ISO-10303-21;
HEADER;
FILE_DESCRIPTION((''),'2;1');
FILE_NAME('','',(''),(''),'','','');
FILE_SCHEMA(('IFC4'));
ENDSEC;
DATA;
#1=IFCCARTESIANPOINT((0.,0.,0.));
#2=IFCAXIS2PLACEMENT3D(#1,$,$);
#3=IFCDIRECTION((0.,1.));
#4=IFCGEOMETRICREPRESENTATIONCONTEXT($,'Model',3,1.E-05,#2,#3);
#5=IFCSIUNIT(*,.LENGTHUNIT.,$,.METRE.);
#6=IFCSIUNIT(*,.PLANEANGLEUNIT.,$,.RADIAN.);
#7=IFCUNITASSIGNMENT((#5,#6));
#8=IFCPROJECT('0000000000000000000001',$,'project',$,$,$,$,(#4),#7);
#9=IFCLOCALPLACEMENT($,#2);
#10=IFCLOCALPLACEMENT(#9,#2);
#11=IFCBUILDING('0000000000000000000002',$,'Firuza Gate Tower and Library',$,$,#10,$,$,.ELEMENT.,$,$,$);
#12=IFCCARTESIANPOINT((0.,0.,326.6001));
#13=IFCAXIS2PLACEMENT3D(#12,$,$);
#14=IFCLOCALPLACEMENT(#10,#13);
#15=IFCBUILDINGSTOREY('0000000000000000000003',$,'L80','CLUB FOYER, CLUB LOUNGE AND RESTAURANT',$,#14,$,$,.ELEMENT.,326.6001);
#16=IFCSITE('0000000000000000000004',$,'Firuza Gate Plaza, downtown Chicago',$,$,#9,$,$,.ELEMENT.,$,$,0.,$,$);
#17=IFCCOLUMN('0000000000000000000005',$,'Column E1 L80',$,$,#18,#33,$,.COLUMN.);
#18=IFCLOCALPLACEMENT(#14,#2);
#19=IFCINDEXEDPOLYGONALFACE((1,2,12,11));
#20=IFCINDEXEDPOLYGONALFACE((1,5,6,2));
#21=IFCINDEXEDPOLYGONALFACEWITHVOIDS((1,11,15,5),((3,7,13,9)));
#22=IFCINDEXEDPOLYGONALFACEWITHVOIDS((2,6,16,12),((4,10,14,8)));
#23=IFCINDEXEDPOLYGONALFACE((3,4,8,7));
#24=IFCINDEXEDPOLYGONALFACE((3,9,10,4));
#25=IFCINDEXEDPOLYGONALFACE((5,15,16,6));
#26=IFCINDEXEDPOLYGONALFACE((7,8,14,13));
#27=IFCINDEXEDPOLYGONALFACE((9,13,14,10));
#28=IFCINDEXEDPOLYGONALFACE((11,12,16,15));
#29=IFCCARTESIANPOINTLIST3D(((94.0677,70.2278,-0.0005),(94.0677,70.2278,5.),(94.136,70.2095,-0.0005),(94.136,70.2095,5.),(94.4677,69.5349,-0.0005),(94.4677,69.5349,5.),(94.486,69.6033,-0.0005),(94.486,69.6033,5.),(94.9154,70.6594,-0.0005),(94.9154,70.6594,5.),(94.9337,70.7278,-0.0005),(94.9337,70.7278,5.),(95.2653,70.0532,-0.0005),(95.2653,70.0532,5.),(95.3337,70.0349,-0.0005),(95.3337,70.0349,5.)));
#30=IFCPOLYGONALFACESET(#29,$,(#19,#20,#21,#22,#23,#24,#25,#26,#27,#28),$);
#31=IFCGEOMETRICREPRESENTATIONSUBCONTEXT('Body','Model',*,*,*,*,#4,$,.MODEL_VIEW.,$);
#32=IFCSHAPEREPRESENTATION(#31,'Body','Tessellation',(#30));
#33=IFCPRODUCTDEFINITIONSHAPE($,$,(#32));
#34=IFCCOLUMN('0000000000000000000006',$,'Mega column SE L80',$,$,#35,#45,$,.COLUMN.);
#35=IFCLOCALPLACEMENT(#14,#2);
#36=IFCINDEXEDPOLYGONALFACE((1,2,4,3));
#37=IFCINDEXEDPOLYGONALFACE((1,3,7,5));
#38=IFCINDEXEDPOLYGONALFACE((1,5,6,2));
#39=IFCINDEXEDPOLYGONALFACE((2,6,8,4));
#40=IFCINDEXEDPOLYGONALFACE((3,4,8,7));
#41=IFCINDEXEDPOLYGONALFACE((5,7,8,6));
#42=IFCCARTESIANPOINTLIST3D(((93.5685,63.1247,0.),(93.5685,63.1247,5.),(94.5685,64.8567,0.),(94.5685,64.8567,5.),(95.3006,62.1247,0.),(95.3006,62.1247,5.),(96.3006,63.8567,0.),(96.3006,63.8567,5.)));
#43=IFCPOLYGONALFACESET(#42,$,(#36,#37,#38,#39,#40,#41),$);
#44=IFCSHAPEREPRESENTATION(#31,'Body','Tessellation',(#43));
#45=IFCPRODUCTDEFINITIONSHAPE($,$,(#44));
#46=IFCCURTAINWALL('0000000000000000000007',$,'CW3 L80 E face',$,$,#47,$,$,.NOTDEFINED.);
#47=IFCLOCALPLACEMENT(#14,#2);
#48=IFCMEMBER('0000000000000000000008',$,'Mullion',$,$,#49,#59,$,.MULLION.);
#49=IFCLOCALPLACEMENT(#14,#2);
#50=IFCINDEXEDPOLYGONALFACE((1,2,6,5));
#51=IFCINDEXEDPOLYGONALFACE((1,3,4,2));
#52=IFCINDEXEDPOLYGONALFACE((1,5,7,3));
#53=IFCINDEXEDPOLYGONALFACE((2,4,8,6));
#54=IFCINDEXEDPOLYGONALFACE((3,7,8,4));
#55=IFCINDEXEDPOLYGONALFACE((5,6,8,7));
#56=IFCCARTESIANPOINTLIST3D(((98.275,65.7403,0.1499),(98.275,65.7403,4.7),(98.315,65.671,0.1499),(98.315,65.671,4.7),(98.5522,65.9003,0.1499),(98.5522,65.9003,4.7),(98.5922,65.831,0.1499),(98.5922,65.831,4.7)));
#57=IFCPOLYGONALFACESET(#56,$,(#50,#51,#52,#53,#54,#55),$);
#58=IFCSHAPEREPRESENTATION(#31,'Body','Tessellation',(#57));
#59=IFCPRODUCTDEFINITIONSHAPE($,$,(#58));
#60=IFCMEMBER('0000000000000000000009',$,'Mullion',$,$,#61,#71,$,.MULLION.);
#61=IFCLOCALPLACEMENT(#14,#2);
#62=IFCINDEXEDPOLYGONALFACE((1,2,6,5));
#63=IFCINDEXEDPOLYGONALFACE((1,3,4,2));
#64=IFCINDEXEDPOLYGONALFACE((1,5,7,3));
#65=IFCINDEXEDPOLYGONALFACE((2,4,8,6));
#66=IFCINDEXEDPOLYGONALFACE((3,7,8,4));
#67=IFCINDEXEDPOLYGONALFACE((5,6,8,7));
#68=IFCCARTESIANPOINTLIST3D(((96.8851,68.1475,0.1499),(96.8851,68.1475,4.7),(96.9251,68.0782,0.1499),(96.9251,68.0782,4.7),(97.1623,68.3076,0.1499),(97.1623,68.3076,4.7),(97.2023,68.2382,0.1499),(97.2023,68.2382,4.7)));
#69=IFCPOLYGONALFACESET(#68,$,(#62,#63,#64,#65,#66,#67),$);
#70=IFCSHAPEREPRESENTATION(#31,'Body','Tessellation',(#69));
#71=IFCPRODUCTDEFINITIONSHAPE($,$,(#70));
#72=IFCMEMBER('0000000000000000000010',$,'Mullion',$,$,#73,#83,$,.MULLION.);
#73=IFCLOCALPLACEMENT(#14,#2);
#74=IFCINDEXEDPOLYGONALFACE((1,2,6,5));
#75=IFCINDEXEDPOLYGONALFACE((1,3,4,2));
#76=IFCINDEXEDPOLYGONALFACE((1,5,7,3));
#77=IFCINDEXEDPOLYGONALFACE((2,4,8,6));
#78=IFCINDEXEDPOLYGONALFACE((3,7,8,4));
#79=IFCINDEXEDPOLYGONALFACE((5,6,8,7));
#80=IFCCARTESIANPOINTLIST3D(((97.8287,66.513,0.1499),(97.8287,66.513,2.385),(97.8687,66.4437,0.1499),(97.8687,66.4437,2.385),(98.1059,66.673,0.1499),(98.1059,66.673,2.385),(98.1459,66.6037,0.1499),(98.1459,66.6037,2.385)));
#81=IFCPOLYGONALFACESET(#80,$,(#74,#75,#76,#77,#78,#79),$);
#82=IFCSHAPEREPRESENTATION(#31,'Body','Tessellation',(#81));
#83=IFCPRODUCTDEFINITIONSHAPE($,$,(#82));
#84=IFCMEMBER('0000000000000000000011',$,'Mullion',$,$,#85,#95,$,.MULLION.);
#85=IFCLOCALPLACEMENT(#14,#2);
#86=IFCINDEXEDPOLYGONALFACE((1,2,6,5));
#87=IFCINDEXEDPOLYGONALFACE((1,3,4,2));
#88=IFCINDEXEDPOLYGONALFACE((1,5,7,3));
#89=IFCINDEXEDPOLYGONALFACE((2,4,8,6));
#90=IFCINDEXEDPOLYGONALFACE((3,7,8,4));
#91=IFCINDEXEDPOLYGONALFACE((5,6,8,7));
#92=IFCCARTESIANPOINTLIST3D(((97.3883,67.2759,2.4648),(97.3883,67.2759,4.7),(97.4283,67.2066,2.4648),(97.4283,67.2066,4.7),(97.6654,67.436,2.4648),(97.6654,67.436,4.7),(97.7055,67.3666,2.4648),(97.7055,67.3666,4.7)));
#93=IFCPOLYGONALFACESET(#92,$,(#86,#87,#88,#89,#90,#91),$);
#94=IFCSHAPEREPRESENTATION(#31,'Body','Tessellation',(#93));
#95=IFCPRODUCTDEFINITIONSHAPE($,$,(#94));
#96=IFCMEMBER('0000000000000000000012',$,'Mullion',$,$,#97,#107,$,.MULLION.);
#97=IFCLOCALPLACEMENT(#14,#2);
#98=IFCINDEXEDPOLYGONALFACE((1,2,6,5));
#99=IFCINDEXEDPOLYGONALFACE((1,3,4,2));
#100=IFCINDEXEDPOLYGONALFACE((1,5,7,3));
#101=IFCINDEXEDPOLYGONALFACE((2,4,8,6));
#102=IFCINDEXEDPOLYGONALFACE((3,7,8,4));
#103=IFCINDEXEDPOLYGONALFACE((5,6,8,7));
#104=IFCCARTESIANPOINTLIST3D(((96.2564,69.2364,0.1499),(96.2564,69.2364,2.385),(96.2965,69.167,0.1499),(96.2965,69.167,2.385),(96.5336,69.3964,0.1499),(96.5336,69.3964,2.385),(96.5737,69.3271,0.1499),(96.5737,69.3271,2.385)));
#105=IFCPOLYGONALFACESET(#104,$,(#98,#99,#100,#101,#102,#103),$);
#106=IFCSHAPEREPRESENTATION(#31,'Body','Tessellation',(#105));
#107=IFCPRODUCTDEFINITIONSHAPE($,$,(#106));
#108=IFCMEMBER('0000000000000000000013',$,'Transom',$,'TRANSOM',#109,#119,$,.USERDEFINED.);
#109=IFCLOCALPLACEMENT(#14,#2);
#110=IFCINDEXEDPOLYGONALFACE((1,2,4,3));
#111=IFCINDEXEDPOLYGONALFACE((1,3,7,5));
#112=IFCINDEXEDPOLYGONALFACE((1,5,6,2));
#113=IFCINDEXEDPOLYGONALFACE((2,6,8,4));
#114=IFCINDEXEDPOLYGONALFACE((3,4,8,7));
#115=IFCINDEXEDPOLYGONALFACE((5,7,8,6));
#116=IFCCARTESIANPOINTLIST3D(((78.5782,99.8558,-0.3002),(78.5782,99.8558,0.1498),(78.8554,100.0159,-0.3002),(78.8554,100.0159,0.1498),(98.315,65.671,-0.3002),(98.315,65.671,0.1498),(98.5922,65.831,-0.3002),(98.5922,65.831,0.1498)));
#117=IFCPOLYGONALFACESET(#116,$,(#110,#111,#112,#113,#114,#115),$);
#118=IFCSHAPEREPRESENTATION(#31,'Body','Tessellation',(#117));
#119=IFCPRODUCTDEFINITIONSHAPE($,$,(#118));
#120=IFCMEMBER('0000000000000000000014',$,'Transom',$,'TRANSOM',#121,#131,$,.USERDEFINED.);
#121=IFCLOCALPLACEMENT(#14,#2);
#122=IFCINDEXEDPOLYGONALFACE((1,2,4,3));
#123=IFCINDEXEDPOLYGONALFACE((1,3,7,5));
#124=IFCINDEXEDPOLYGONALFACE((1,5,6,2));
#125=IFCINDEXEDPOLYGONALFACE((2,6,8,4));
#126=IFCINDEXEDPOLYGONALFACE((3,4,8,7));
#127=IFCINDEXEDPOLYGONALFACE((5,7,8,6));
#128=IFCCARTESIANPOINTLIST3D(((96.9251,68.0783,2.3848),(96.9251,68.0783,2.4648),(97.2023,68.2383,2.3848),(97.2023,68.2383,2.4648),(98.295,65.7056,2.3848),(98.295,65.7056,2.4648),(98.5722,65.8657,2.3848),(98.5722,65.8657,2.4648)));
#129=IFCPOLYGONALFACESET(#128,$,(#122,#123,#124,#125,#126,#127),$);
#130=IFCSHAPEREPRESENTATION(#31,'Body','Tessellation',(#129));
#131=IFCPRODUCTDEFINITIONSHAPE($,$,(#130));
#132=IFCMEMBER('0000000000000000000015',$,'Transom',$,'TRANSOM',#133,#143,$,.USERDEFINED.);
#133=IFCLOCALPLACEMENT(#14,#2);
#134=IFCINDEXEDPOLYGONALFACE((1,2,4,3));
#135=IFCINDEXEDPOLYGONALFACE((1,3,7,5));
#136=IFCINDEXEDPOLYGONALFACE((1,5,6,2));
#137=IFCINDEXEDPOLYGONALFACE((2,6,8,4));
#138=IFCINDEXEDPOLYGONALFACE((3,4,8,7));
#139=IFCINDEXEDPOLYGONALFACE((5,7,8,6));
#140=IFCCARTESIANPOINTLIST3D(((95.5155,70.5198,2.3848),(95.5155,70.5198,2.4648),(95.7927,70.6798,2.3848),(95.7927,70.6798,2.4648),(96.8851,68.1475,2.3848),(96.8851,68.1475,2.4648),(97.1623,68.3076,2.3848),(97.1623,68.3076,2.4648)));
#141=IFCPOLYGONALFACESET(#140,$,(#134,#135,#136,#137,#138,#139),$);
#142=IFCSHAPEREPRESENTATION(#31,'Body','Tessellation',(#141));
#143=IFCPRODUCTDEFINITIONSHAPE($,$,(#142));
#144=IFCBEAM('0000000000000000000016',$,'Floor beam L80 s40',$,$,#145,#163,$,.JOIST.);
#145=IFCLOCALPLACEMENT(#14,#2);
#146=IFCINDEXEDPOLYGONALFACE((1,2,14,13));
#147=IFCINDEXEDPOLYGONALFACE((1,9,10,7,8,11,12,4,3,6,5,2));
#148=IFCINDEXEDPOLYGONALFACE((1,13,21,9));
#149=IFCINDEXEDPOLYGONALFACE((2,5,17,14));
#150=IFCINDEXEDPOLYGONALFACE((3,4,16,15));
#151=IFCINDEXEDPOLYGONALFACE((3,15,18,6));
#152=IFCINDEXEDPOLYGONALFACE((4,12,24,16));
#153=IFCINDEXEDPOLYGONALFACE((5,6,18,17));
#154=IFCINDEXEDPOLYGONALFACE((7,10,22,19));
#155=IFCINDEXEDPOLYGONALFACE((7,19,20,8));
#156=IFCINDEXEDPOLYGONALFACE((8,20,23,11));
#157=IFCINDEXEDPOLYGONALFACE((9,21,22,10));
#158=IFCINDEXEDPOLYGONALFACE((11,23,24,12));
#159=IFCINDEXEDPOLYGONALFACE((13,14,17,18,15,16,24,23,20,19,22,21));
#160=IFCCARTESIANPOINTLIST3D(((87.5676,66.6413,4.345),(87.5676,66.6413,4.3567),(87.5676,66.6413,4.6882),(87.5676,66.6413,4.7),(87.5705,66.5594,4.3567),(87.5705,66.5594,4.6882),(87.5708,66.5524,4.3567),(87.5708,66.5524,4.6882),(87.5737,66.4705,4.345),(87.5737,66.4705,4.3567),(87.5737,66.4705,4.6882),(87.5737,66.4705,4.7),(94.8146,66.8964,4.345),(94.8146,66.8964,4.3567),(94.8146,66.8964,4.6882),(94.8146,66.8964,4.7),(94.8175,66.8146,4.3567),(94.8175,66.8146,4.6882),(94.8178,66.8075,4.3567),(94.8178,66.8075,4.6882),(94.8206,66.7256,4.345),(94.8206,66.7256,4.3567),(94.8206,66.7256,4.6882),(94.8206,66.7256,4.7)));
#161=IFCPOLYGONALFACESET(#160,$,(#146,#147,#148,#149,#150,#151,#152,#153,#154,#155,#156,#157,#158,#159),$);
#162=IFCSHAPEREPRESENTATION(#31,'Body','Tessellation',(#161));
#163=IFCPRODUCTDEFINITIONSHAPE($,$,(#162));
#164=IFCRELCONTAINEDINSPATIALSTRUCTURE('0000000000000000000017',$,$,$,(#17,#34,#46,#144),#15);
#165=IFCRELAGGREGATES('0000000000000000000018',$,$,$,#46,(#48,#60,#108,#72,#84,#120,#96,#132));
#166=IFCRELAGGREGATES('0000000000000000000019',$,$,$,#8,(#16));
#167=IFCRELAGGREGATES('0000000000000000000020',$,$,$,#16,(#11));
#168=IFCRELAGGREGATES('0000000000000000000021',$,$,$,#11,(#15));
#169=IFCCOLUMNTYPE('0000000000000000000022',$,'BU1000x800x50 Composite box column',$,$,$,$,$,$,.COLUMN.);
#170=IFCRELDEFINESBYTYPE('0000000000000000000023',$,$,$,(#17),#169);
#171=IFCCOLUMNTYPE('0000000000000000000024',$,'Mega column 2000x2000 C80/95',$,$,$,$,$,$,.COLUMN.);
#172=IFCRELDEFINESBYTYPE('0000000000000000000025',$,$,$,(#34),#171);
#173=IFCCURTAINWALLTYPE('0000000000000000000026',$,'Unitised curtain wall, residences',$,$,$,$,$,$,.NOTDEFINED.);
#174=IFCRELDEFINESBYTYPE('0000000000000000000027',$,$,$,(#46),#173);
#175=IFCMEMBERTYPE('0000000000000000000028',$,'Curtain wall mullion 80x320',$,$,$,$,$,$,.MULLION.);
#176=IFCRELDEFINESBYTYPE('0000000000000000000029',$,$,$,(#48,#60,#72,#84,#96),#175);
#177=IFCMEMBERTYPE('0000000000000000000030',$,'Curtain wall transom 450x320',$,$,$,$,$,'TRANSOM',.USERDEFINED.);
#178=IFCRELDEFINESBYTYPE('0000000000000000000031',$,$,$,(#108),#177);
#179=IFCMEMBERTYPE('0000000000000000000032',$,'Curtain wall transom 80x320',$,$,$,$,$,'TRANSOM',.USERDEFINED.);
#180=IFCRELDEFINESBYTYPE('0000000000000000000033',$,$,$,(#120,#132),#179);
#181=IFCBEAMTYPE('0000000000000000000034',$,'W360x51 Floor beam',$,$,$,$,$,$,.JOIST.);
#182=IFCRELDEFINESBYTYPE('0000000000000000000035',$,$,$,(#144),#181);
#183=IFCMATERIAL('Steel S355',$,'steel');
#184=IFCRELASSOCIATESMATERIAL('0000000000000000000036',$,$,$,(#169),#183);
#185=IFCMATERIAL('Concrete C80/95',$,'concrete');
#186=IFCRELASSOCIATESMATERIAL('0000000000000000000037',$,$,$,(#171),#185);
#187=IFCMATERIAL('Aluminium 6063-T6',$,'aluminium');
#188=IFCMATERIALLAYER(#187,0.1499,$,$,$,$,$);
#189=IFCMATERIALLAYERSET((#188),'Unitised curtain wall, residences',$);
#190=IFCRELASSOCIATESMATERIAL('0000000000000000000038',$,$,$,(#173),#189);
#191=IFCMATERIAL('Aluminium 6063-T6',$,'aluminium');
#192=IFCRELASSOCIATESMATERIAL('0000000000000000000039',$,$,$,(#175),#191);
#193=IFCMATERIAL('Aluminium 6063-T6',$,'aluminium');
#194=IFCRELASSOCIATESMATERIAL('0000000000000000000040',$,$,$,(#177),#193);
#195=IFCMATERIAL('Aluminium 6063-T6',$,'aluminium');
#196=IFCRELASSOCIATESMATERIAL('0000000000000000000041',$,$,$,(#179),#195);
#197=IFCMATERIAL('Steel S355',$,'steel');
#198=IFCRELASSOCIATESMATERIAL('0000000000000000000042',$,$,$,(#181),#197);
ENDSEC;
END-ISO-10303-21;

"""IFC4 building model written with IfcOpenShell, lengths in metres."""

from ifc_helpers import new_model, si_unit, direction, frame, origin, origin_2d, place, context, subcontext, project, spatial, rectangle, hollow_rectangle, i_section, extrude, material, layer, layer_set, material_profile, profile_set, type_object, element, aggregate, save


model = new_model("IFC4")

# Units and contexts
model_context = context("Model", 3, precision=1e-05, world=origin(), true_north=direction((0.0, 1.0)))
body_context = subcontext(model_context, "Body", "Model", "MODEL_VIEW")
ifc_project = project(units=[si_unit("LENGTHUNIT", "METRE"), si_unit("PLANEANGLEUNIT", "RADIAN")], contexts=[model_context])

# Site, building, storey
site_placement = place(None, origin())
site = spatial("IfcSite", under=ifc_project, at=site_placement, Name="Firuza Gate Plaza, downtown Chicago", CompositionType="ELEMENT", RefElevation=0.0)
building_placement = place(site_placement, origin())
building = spatial("IfcBuilding", under=site, at=building_placement, Name="Firuza Gate Tower and Library", CompositionType="ELEMENT")
storey_placement = place(building_placement, frame((0.0, 0.0, 326.6001)))
storey = spatial("IfcBuildingStorey", under=building, at=storey_placement, Name="L80", Description="CLUB FOYER, CLUB LOUNGE AND RESTAURANT", CompositionType="ELEMENT", Elevation=326.6001)

# Columns
ifc_material_1 = material(Name="Steel S355", Category="steel")
ifc_material_profile_1 = material_profile(ifc_material_1, hollow_rectangle(XDim=0.8, YDim=1.0, WallThickness=0.05, at=origin_2d()))
ifc_profile_set_1 = profile_set([ifc_material_profile_1], Name="Steel S355")
column_type_1 = type_object("IfcColumnType", Name="BU1000x800x50 Composite box column", PredefinedType="COLUMN", material=ifc_profile_set_1)
column_1_placement = place(storey_placement, frame((94.7007, 70.1313, -0.0005), z_axis=(0.0, 0.0, 1.0), x_axis=(-0.5, 0.866025, 0.0)))
element("IfcColumn", 1, at=column_1_placement, inside=storey, type_object=column_type_1, Name="Column E1 L80", PredefinedType="COLUMN", context=body_context, shape_type="SweptSolid", body=[
    extrude(hollow_rectangle(XDim=0.8, YDim=1.0, WallThickness=0.05, at=origin_2d()), origin(), (0.0, 0.0, 1.0), 5.0005),
])
ifc_material_2 = material(Name="Concrete C80/95", Category="concrete")
ifc_material_profile_2 = material_profile(ifc_material_2, rectangle(XDim=2.0, YDim=2.0, at=origin_2d()))
ifc_profile_set_2 = profile_set([ifc_material_profile_2], Name="Concrete C80/95")
column_type_2 = type_object("IfcColumnType", Name="Mega column 2000x2000 C80/95", PredefinedType="COLUMN", material=ifc_profile_set_2)
column_2_placement = place(storey_placement, frame((94.9346, 63.4907, 0.0), z_axis=(0.0, 0.0, 1.0), x_axis=(0.5, 0.866025, 0.0)))
element("IfcColumn", 2, at=column_2_placement, inside=storey, type_object=column_type_2, Name="Mega column SE L80", PredefinedType="COLUMN", context=body_context, shape_type="SweptSolid", body=[
    extrude(rectangle(XDim=2.0, YDim=2.0, at=origin_2d()), origin(), (0.0, 0.0, 1.0), 5.0),
])

# Curtain wall, members
ifc_material_3 = material(Name="Aluminium 6063-T6", Category="aluminium")
ifc_layer_1 = layer(ifc_material_3, 0.1499)
ifc_layer_set_1 = layer_set([ifc_layer_1], Name="Unitised curtain wall, residences")
curtain_wall_type_1 = type_object("IfcCurtainWallType", Name="Unitised curtain wall, residences", PredefinedType="NOTDEFINED", material=ifc_layer_set_1)
placement = place(storey_placement, origin())
curtain_wall_1 = element("IfcCurtainWall", 3, at=placement, inside=storey, type_object=curtain_wall_type_1, Name="CW3 L80 E face", PredefinedType="NOTDEFINED")
ifc_material_4 = material(Name="Aluminium 6063-T6", Category="aluminium")
ifc_material_profile_3 = material_profile(ifc_material_4, rectangle(XDim=0.3201, YDim=0.0801, at=origin_2d()))
ifc_profile_set_3 = profile_set([ifc_material_profile_3], Name="Aluminium 6063-T6")
member_type_1 = type_object("IfcMemberType", Name="Curtain wall mullion 80x320", PredefinedType="MULLION", material=ifc_profile_set_3)
member_1_placement = place(storey_placement, frame((98.4336, 65.7856, 0.1499), z_axis=(0.0, 0.0, 1.0), x_axis=(-0.866025, -0.5, 0.0)))
member_1 = element("IfcMember", 4, at=member_1_placement, type_object=member_type_1, Name="Mullion", PredefinedType="MULLION", context=body_context, shape_type="SweptSolid", body=[
    extrude(rectangle(XDim=0.3201, YDim=0.0801, at=origin_2d()), origin(), (0.0, 0.0, 1.0), 4.55),
])
member_2_placement = place(storey_placement, frame((97.0437, 68.1929, 0.1499), z_axis=(0.0, 0.0, 1.0), x_axis=(-0.866025, -0.5, 0.0)))
member_2 = element("IfcMember", 5, at=member_2_placement, type_object=member_type_1, Name="Mullion", PredefinedType="MULLION", context=body_context, shape_type="SweptSolid", body=[
    extrude(rectangle(XDim=0.3201, YDim=0.0801, at=origin_2d()), origin(), (0.0, 0.0, 1.0), 4.55),
])
member_3_placement = place(storey_placement, frame((97.9873, 66.5583, 0.1499), z_axis=(0.0, 0.0, 1.0), x_axis=(-0.866025, -0.5, 0.0)))
member_3 = element("IfcMember", 6, at=member_3_placement, type_object=member_type_1, Name="Mullion", PredefinedType="MULLION", context=body_context, shape_type="SweptSolid", body=[
    extrude(rectangle(XDim=0.3201, YDim=0.0801, at=origin_2d()), origin(), (0.0, 0.0, 1.0), 2.2351),
])
member_4_placement = place(storey_placement, frame((97.5469, 67.3213, 2.4648), z_axis=(0.0, 0.0, 1.0), x_axis=(-0.866025, -0.5, 0.0)))
member_4 = element("IfcMember", 7, at=member_4_placement, type_object=member_type_1, Name="Mullion", PredefinedType="MULLION", context=body_context, shape_type="SweptSolid", body=[
    extrude(rectangle(XDim=0.3201, YDim=0.0801, at=origin_2d()), origin(), (0.0, 0.0, 1.0), 2.2351),
])
member_5_placement = place(storey_placement, frame((96.415, 69.2817, 0.1499), z_axis=(0.0, 0.0, 1.0), x_axis=(-0.866025, -0.5, 0.0)))
member_5 = element("IfcMember", 8, at=member_5_placement, type_object=member_type_1, Name="Mullion", PredefinedType="MULLION", context=body_context, shape_type="SweptSolid", body=[
    extrude(rectangle(XDim=0.3201, YDim=0.0801, at=origin_2d()), origin(), (0.0, 0.0, 1.0), 2.2351),
])
ifc_material_5 = material(Name="Aluminium 6063-T6", Category="aluminium")
ifc_material_profile_4 = material_profile(ifc_material_5, rectangle(XDim=0.3201, YDim=0.45, at=origin_2d()))
ifc_profile_set_4 = profile_set([ifc_material_profile_4], Name="Aluminium 6063-T6")
member_type_2 = type_object("IfcMemberType", Name="Curtain wall transom 450x320", ElementType="TRANSOM", PredefinedType="USERDEFINED", material=ifc_profile_set_4)
member_6_placement = place(storey_placement, frame((98.4536, 65.751, -0.0752), z_axis=(-0.500004, 0.866023, 0.0), x_axis=(-0.866023, -0.500004, 0.0)))
member_6 = element("IfcMember", 9, at=member_6_placement, type_object=member_type_2, Name="Transom", ObjectType="TRANSOM", PredefinedType="USERDEFINED", context=body_context, shape_type="SweptSolid", body=[
    extrude(rectangle(XDim=0.3201, YDim=0.45, at=origin_2d()), origin(), (0.0, 0.0, 1.0), 39.4734),
])
ifc_material_6 = material(Name="Aluminium 6063-T6", Category="aluminium")
ifc_material_profile_5 = material_profile(ifc_material_6, rectangle(XDim=0.3201, YDim=0.0801, at=origin_2d()))
ifc_profile_set_5 = profile_set([ifc_material_profile_5], Name="Aluminium 6063-T6")
member_type_3 = type_object("IfcMemberType", Name="Curtain wall transom 80x320", ElementType="TRANSOM", PredefinedType="USERDEFINED", material=ifc_profile_set_5)
member_7_placement = place(storey_placement, frame((98.4336, 65.7856, 2.4248), z_axis=(-0.500021, 0.866013, 0.0), x_axis=(-0.866013, -0.500021, 0.0)))
member_7 = element("IfcMember", 10, at=member_7_placement, type_object=member_type_3, Name="Transom", ObjectType="TRANSOM", PredefinedType="USERDEFINED", context=body_context, shape_type="SweptSolid", body=[
    extrude(rectangle(XDim=0.3201, YDim=0.0801, at=origin_2d()), origin(), (0.0, 0.0, 1.0), 2.7397),
])
member_8_placement = place(storey_placement, frame((97.0237, 68.2275, 2.4248), z_axis=(-0.499992, 0.86603, 0.0), x_axis=(-0.86603, -0.499992, 0.0)))
member_8 = element("IfcMember", 11, at=member_8_placement, type_object=member_type_3, Name="Transom", ObjectType="TRANSOM", PredefinedType="USERDEFINED", context=body_context, shape_type="SweptSolid", body=[
    extrude(rectangle(XDim=0.3201, YDim=0.0801, at=origin_2d()), origin(), (0.0, 0.0, 1.0), 2.7393),
])

# Beam
ifc_material_7 = material(Name="Steel S355", Category="steel")
ifc_material_profile_6 = material_profile(ifc_material_7, i_section(OverallWidth=0.1709, OverallDepth=0.355, WebThickness=0.0071, FlangeThickness=0.0117, at=origin_2d()))
ifc_profile_set_6 = profile_set([ifc_material_profile_6], Name="Steel S355")
beam_type_1 = type_object("IfcBeamType", Name="W360x51 Floor beam", PredefinedType="JOIST", material=ifc_profile_set_6)
beam_1_placement = place(storey_placement, frame((94.8176, 66.811, 4.5225), z_axis=(-0.999381, -0.035182, 0.0), x_axis=(0.035182, -0.999381, 0.0)))
element("IfcBeam", 12, at=beam_1_placement, inside=storey, type_object=beam_type_1, Name="Floor beam L80 s40", PredefinedType="JOIST", context=body_context, shape_type="SweptSolid", body=[
    extrude(i_section(OverallWidth=0.1709, OverallDepth=0.355, WebThickness=0.0071, FlangeThickness=0.0117, at=origin_2d()), origin(), (0.0, 0.0, 1.0), 7.2515),
])

aggregate(curtain_wall_1, [member_1, member_2, member_6, member_3, member_4, member_7, member_5, member_8])

save(model, "model.ifc")
